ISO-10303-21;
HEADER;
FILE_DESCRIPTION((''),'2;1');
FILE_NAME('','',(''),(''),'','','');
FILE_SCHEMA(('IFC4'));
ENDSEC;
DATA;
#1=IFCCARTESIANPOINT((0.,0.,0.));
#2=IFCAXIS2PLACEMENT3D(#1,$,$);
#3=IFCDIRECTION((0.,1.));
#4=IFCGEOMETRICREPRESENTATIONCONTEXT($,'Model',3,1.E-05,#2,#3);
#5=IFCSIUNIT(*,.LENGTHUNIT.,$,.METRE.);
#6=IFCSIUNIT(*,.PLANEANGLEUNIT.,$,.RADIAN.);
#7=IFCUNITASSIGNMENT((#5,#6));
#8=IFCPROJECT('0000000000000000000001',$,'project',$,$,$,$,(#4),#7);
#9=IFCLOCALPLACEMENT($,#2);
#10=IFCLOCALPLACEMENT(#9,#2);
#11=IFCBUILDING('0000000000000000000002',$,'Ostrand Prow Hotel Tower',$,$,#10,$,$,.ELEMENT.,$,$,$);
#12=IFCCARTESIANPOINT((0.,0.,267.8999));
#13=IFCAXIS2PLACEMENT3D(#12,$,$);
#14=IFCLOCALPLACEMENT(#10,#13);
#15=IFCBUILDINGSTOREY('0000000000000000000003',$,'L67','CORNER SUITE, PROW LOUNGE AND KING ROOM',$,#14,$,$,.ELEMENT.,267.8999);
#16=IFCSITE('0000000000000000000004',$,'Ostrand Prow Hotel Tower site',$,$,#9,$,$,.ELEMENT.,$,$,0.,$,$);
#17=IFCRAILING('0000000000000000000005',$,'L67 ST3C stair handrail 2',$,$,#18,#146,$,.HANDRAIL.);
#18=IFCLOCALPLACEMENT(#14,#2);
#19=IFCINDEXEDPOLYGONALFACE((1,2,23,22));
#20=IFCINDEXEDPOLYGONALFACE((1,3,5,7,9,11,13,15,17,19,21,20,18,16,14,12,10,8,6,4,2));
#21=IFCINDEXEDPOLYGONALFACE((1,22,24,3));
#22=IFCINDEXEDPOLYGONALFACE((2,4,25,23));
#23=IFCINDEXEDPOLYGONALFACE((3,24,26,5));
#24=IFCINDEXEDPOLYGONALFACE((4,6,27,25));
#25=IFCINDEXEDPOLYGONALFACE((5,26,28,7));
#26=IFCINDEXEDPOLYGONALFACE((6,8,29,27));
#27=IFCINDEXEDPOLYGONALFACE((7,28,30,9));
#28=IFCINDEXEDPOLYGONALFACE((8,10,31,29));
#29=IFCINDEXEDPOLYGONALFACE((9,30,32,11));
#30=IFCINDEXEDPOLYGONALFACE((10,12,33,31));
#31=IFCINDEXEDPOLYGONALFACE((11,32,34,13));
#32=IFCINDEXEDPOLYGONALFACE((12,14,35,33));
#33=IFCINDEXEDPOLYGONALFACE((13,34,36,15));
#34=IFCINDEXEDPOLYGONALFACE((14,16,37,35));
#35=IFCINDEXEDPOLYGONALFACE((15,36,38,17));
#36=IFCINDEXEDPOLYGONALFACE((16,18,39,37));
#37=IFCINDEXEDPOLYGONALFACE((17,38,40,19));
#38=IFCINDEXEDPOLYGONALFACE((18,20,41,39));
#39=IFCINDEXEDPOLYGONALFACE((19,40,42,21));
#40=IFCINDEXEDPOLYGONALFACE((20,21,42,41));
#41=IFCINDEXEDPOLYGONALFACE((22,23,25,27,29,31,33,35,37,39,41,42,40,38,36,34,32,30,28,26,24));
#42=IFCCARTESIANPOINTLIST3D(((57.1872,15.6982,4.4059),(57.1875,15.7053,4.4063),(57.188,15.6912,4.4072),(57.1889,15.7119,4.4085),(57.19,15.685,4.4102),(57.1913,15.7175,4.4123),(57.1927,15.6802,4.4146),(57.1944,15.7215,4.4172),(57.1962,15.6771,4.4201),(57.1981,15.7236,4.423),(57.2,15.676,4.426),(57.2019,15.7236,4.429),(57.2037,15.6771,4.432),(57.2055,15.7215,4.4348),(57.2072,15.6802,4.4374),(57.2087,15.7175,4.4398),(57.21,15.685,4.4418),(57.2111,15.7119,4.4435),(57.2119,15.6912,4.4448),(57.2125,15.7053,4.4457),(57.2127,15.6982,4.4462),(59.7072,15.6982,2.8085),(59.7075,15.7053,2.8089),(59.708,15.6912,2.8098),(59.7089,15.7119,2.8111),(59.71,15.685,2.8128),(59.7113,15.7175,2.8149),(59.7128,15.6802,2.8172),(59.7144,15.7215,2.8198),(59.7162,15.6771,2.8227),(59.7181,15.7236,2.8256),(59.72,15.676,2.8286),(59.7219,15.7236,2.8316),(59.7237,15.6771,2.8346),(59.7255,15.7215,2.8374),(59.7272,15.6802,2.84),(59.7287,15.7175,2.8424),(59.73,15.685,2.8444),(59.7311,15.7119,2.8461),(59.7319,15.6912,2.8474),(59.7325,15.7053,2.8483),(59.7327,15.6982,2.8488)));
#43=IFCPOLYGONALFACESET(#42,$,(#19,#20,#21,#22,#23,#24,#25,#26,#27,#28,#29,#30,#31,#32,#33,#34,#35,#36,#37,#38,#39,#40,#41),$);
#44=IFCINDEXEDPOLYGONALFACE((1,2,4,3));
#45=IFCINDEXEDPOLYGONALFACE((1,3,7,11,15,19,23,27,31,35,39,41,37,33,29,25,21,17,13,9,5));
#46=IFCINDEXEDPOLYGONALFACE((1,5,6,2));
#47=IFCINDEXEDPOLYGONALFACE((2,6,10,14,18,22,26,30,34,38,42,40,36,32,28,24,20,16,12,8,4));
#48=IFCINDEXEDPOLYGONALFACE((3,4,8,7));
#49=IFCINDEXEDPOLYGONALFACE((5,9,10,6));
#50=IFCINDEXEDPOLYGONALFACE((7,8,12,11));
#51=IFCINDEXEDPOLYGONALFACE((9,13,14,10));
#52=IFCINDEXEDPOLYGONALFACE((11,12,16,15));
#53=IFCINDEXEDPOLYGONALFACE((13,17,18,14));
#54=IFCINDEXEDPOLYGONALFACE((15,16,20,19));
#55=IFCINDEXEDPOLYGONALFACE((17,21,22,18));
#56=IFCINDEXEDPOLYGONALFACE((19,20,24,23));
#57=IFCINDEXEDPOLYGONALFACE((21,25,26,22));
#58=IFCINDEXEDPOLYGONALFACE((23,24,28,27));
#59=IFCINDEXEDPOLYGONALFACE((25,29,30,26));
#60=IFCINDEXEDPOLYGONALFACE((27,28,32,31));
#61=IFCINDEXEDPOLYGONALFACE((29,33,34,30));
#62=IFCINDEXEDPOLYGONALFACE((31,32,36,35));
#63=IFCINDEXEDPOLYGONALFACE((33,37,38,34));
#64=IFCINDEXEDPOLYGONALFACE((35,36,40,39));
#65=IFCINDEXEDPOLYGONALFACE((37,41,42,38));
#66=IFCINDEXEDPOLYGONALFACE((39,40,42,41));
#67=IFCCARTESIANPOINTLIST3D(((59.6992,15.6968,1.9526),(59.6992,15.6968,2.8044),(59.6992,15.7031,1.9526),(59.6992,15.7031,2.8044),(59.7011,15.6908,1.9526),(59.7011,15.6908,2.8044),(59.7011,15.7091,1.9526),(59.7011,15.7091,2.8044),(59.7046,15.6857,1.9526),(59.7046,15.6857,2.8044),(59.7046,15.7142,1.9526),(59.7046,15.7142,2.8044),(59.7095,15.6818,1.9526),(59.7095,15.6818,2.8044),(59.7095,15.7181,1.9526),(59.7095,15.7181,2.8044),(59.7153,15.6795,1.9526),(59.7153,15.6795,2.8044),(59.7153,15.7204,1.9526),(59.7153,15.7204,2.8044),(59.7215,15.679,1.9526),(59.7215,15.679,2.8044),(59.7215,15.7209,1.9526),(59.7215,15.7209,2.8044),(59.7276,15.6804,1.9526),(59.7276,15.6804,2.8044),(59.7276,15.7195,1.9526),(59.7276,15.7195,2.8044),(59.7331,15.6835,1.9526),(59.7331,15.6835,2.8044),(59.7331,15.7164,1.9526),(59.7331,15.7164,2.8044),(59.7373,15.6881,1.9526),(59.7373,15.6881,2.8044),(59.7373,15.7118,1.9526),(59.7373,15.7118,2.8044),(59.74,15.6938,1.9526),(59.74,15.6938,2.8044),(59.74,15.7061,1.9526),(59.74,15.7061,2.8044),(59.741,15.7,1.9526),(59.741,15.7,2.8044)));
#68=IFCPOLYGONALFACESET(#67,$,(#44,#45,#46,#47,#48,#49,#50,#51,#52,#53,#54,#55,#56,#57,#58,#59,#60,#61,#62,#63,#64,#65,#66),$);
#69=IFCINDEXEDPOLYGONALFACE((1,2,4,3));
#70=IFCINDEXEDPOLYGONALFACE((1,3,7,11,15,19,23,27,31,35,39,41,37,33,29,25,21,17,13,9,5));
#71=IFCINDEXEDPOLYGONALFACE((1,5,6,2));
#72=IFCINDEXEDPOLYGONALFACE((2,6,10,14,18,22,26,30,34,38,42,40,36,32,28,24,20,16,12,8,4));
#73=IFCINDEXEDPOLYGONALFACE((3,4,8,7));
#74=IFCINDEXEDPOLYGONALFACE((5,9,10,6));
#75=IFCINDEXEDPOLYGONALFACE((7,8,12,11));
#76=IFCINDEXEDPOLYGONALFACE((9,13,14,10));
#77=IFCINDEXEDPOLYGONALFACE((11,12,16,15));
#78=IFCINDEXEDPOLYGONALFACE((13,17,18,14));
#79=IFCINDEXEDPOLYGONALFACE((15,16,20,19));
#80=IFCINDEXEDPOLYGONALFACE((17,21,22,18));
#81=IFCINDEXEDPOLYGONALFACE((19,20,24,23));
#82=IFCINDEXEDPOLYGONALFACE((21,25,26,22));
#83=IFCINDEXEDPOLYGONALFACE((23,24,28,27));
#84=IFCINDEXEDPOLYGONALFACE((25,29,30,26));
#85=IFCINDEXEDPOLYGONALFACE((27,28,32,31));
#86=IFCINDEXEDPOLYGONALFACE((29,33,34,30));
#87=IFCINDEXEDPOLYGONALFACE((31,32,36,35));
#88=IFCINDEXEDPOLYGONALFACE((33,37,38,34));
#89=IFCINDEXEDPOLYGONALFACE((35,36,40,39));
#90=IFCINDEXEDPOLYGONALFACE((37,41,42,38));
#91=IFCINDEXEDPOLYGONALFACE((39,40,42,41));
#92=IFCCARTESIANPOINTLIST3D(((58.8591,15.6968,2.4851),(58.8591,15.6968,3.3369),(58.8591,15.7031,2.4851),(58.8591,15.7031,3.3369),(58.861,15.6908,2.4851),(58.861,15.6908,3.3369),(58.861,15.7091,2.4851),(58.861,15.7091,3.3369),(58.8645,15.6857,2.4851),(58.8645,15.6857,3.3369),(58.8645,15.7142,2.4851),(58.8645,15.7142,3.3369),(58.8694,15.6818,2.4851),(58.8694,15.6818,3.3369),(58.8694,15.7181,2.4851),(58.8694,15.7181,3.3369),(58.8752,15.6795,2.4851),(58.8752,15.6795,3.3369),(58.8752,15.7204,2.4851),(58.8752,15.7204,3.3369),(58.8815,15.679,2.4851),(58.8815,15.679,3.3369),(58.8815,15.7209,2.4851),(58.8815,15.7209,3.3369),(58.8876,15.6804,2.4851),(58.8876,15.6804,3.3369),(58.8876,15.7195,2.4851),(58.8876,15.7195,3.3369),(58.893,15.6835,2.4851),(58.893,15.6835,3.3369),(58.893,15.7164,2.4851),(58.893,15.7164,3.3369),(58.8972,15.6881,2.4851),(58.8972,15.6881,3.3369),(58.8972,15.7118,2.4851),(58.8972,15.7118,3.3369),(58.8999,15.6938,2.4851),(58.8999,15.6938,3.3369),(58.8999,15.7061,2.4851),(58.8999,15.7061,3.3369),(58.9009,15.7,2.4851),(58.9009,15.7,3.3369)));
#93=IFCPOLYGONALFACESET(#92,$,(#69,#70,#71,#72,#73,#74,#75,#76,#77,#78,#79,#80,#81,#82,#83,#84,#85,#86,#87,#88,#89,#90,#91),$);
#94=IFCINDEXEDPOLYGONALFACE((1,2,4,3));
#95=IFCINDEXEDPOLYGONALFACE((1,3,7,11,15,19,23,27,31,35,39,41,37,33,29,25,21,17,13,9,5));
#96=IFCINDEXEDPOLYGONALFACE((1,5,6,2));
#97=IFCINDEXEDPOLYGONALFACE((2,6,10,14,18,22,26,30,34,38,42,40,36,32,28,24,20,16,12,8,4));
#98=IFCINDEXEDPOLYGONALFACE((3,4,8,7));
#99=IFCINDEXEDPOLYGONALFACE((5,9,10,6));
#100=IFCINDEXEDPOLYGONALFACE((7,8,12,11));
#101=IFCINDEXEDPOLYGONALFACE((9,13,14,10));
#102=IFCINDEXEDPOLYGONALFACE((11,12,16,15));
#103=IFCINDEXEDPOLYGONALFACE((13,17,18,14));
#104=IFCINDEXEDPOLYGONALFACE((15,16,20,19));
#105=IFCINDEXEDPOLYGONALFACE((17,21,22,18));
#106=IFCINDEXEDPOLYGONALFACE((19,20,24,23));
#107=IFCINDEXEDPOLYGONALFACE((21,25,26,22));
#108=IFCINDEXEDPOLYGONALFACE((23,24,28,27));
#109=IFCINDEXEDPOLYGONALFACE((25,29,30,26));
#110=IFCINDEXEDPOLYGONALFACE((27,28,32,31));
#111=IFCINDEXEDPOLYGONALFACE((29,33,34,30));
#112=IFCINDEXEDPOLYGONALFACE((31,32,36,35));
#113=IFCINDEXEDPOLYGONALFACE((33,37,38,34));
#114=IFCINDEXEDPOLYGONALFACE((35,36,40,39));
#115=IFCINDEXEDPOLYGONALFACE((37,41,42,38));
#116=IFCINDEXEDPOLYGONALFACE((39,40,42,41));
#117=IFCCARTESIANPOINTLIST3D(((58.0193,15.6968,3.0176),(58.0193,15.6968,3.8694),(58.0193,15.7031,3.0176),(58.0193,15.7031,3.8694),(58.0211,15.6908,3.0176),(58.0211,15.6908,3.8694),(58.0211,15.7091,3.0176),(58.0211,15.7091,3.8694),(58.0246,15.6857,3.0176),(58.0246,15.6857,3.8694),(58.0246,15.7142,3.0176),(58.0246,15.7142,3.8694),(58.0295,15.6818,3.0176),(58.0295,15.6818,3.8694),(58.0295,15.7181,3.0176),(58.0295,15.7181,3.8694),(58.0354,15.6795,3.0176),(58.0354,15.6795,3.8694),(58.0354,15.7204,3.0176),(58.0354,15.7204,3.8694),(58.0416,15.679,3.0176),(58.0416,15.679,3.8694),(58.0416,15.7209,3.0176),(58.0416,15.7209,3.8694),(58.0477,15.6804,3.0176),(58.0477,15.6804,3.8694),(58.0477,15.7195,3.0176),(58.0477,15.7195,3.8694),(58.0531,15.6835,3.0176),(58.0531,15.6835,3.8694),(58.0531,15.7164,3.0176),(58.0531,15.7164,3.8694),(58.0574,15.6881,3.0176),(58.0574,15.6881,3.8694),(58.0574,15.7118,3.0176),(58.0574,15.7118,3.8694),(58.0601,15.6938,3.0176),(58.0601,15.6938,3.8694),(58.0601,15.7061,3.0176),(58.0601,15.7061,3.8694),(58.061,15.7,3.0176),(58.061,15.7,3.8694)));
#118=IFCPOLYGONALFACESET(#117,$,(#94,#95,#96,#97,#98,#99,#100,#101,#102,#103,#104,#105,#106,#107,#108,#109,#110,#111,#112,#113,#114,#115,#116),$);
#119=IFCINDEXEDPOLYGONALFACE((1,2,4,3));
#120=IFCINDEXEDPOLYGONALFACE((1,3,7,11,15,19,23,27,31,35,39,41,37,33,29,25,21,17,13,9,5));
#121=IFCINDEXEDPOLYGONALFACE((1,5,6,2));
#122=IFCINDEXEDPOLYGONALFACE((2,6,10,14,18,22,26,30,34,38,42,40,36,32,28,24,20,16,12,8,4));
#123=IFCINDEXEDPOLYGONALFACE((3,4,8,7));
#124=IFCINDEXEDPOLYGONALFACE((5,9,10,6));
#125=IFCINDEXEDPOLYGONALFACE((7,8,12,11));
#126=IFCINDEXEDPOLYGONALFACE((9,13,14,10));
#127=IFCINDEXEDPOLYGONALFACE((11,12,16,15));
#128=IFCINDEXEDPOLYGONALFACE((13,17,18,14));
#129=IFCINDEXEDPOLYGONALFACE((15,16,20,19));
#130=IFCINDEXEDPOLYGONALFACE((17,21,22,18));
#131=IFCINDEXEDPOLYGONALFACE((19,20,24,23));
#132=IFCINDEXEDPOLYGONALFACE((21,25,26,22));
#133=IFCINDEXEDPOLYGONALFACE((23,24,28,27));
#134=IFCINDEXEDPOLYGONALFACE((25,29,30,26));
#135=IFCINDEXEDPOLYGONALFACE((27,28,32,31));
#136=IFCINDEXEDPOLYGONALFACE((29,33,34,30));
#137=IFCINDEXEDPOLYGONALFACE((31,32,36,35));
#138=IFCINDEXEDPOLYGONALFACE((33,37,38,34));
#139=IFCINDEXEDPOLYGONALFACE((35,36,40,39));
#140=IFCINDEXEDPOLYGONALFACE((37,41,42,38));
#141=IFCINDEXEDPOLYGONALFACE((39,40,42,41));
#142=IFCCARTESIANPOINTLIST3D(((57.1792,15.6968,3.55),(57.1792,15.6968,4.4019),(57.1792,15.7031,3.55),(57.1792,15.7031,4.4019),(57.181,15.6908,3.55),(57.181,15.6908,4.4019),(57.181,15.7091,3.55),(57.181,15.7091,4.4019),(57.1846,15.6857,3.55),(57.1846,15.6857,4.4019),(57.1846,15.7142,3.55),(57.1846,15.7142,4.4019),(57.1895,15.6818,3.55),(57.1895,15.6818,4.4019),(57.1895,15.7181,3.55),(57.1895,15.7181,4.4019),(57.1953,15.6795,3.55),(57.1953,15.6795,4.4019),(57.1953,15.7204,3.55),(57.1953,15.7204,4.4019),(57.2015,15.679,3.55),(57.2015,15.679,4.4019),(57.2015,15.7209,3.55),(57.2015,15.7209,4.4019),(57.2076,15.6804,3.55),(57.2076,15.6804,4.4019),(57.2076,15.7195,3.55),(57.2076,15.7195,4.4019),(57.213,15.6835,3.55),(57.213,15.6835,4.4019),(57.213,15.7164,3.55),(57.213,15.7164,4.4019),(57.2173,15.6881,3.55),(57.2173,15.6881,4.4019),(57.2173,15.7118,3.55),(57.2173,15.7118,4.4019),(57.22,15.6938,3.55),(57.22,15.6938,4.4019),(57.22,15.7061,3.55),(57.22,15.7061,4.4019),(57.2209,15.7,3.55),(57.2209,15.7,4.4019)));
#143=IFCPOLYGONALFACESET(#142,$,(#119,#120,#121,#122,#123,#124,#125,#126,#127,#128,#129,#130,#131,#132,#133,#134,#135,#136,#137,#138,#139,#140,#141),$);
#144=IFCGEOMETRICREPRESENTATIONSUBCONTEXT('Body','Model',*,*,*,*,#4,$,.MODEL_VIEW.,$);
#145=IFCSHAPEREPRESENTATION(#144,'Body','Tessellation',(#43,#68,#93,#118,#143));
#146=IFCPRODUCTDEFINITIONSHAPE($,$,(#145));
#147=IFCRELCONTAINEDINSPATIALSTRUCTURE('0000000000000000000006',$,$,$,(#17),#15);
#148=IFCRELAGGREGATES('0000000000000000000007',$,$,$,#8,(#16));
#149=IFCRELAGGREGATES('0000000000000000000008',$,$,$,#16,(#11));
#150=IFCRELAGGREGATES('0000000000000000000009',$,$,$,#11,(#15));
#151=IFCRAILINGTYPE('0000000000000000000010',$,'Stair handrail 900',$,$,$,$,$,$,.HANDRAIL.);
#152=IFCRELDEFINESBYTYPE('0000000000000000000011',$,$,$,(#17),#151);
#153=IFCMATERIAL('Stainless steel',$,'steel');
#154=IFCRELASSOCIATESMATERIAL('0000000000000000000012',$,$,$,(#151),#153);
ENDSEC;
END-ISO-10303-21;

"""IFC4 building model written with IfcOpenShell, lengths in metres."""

from ifc_helpers import new_model, si_unit, direction, frame, origin, origin_2d, place, context, subcontext, project, spatial, circle, extrude, material, type_object, element, save


model = new_model("IFC4")

# Units and contexts
model_context = context("Model", 3, precision=1e-05, world=origin(), true_north=direction((0.0, 1.0)))
body_context = subcontext(model_context, "Body", "Model", "MODEL_VIEW")
ifc_project = project(units=[si_unit("LENGTHUNIT", "METRE"), si_unit("PLANEANGLEUNIT", "RADIAN")], contexts=[model_context])

# Site, building, storey
site_placement = place(None, origin())
site = spatial("IfcSite", under=ifc_project, at=site_placement, Name="Ostrand Prow Hotel Tower site", CompositionType="ELEMENT", RefElevation=0.0)
building_placement = place(site_placement, origin())
building = spatial("IfcBuilding", under=site, at=building_placement, Name="Ostrand Prow Hotel Tower", CompositionType="ELEMENT")
storey_placement = place(building_placement, frame((0.0, 0.0, 267.8999)))
storey = spatial("IfcBuildingStorey", under=building, at=storey_placement, Name="L67", Description="CORNER SUITE, PROW LOUNGE AND KING ROOM", CompositionType="ELEMENT", Elevation=267.8999)

# Railing
ifc_material_1 = material(Name="Stainless steel", Category="steel")
railing_type_1 = type_object("IfcRailingType", Name="Stair handrail 900", PredefinedType="HANDRAIL", material=ifc_material_1)
railing_1_placement = place(storey_placement, frame((59.72, 15.7, 1.9526)))
element("IfcRailing", 1, at=railing_1_placement, inside=storey, type_object=railing_type_1, Name="L67 ST3C stair handrail 2", PredefinedType="HANDRAIL", context=body_context, shape_type="SweptSolid", body=[
    extrude(circle(Radius=0.0239, at=origin_2d()), frame((0.0, 0.0, 0.876), z_axis=(-0.844607, 0.0, 0.535387), x_axis=(0.0, -1.0, 0.0)), (0.0, 0.0, 1.0), 2.9836),
    extrude(circle(Radius=0.021, at=origin_2d()), origin(), (0.0, 0.0, 1.0), 0.8518),
    extrude(circle(Radius=0.021, at=origin_2d()), frame((-0.8401, 0.0, 0.5325)), (0.0, 0.0, 1.0), 0.8518),
    extrude(circle(Radius=0.021, at=origin_2d()), frame((-1.6799, 0.0, 1.0649)), (0.0, 0.0, 1.0), 0.8518),
    extrude(circle(Radius=0.021, at=origin_2d()), frame((-2.52, 0.0, 1.5974)), (0.0, 0.0, 1.0), 0.8518),
])

save(model, "model.ifc")
